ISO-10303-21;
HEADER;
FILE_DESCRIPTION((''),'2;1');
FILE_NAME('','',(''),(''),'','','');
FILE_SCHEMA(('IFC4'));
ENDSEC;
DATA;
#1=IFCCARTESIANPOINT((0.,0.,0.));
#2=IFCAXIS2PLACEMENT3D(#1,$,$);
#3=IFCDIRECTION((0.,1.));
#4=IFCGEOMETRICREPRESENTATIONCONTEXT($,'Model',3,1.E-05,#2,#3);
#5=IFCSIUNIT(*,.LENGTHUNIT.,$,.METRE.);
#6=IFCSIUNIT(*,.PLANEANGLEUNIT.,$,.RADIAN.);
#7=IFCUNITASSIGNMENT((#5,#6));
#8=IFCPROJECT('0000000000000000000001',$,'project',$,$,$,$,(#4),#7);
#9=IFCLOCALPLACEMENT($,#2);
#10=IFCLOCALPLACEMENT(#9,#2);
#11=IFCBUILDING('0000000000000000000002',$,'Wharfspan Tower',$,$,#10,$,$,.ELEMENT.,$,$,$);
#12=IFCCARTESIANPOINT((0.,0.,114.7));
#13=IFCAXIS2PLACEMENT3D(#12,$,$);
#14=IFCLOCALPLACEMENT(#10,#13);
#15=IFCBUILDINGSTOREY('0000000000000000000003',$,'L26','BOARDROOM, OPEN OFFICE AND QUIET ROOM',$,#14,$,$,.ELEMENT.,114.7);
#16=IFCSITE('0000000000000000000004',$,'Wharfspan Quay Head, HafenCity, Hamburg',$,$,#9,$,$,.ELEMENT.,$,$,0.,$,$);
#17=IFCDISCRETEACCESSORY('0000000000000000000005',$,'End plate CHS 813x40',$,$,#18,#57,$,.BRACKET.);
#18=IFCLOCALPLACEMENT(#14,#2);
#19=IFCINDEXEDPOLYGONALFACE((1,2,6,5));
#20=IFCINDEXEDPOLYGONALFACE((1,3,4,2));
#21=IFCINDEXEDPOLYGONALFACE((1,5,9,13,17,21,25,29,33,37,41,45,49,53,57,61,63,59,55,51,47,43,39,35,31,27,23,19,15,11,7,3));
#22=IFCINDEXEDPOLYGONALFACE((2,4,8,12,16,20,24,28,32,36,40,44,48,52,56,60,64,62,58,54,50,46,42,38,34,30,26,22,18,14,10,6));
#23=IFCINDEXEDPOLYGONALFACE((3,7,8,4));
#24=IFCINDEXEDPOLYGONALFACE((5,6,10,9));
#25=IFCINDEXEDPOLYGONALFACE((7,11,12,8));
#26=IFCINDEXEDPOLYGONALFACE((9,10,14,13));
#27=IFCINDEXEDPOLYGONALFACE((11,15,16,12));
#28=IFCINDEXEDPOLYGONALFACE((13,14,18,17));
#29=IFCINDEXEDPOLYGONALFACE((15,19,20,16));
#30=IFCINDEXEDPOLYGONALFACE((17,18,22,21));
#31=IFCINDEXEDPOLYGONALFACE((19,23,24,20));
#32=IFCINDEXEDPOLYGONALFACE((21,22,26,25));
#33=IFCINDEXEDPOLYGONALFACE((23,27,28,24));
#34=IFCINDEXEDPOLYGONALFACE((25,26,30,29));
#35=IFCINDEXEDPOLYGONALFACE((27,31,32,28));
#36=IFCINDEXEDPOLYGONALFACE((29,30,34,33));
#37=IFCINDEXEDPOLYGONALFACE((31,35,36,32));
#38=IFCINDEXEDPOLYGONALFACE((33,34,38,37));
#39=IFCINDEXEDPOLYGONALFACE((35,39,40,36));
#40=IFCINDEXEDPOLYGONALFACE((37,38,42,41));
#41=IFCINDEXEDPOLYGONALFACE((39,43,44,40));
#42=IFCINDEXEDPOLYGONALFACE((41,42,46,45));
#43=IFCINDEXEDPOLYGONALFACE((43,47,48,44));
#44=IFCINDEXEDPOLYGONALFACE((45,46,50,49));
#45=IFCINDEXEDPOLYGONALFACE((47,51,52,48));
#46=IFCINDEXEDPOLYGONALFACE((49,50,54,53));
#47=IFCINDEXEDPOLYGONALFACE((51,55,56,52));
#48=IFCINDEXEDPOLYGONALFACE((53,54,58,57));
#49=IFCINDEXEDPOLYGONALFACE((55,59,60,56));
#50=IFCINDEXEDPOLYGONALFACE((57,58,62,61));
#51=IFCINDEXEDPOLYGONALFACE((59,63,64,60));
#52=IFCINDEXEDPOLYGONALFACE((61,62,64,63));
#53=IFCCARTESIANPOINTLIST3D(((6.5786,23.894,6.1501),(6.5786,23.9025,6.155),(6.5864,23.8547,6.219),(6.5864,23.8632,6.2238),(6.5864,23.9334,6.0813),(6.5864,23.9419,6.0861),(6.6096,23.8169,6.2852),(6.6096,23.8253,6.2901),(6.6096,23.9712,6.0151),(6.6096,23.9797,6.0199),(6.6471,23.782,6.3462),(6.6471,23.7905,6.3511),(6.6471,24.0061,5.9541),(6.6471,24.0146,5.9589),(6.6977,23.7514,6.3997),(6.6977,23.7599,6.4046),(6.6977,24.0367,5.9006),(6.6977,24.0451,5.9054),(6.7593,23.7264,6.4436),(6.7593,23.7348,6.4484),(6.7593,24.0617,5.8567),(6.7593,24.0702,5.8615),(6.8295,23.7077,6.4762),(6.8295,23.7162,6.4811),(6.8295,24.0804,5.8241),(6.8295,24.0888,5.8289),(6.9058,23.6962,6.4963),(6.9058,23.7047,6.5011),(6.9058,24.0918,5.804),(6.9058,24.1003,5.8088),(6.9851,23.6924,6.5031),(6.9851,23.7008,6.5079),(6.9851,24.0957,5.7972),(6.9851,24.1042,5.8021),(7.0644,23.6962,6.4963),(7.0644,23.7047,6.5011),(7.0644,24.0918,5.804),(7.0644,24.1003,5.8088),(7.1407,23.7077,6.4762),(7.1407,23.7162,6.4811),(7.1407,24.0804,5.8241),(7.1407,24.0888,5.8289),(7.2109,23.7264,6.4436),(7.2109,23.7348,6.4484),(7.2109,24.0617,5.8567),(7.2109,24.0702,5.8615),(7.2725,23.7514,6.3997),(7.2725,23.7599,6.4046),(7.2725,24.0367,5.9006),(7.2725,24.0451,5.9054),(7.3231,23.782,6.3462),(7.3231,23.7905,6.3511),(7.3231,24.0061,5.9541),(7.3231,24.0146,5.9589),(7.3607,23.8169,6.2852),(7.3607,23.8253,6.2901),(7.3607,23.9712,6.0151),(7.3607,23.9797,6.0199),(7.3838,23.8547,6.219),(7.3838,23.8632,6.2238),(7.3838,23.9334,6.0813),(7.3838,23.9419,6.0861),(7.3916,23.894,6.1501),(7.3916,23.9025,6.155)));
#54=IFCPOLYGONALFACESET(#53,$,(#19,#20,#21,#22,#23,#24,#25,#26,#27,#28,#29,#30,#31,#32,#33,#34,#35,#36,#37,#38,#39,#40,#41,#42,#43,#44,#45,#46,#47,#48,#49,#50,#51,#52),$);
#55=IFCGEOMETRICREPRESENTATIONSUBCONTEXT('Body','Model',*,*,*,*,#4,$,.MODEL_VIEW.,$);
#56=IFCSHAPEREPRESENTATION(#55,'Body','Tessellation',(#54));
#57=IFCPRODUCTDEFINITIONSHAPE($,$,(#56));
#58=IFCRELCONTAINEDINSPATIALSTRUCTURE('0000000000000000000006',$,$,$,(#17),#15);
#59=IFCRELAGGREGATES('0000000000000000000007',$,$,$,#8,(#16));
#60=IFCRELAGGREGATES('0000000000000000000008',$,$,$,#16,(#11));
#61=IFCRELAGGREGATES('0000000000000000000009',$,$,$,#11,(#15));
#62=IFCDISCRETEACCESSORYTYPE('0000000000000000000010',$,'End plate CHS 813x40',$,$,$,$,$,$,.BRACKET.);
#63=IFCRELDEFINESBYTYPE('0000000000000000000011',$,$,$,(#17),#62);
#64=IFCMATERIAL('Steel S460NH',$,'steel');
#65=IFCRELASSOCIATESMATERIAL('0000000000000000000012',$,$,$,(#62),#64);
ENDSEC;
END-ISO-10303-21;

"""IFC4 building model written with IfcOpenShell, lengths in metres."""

from ifc_helpers import new_model, si_unit, direction, frame, origin, origin_2d, place, context, subcontext, project, spatial, circle, extrude, material, material_profile, profile_set, type_object, element, save


model = new_model("IFC4")

# Units and contexts
model_context = context("Model", 3, precision=1e-05, world=origin(), true_north=direction((0.0, 1.0)))
body_context = subcontext(model_context, "Body", "Model", "MODEL_VIEW")
ifc_project = project(units=[si_unit("LENGTHUNIT", "METRE"), si_unit("PLANEANGLEUNIT", "RADIAN")], contexts=[model_context])

# Site, building, storey
site_placement = place(None, origin())
site = spatial("IfcSite", under=ifc_project, at=site_placement, Name="Wharfspan Quay Head, HafenCity, Hamburg", CompositionType="ELEMENT", RefElevation=0.0)
building_placement = place(site_placement, origin())
building = spatial("IfcBuilding", under=site, at=building_placement, Name="Wharfspan Tower", CompositionType="ELEMENT")
storey_placement = place(building_placement, frame((0.0, 0.0, 114.7)))
storey = spatial("IfcBuildingStorey", under=building, at=storey_placement, Name="L26", Description="BOARDROOM, OPEN OFFICE AND QUIET ROOM", CompositionType="ELEMENT", Elevation=114.7)

# Shared definitions
ifc_material_1 = material(Name="Steel S460NH", Category="steel")

# Discrete accessory
ifc_material_profile_1 = material_profile(ifc_material_1, circle(Radius=0.4065, at=origin_2d()))
ifc_profile_set_1 = profile_set([ifc_material_profile_1], Name="Steel S460NH")
discrete_accessory_type = type_object("IfcDiscreteAccessoryType", Name="End plate CHS 813x40", PredefinedType="BRACKET", material=ifc_profile_set_1)
for number, where, z_axis, x_axis, name in (
    (1, (6.9851, 23.894, 6.1501), (0.0, 0.868243, 0.496139), (-1.0, 0.0, 0.0), "End plate CHS 813x40"),
):
    element("IfcDiscreteAccessory", number, at=place(storey_placement, frame(where, z_axis=z_axis, x_axis=x_axis)), inside=storey, type_object=discrete_accessory_type, Name=name, PredefinedType="BRACKET", context=body_context, shape_type="SweptSolid", body=[
        extrude(circle(Radius=0.4065, at=origin_2d()), origin(), (0.0, 0.0, 1.0), 0.0098),
    ])

save(model, "model.ifc")
